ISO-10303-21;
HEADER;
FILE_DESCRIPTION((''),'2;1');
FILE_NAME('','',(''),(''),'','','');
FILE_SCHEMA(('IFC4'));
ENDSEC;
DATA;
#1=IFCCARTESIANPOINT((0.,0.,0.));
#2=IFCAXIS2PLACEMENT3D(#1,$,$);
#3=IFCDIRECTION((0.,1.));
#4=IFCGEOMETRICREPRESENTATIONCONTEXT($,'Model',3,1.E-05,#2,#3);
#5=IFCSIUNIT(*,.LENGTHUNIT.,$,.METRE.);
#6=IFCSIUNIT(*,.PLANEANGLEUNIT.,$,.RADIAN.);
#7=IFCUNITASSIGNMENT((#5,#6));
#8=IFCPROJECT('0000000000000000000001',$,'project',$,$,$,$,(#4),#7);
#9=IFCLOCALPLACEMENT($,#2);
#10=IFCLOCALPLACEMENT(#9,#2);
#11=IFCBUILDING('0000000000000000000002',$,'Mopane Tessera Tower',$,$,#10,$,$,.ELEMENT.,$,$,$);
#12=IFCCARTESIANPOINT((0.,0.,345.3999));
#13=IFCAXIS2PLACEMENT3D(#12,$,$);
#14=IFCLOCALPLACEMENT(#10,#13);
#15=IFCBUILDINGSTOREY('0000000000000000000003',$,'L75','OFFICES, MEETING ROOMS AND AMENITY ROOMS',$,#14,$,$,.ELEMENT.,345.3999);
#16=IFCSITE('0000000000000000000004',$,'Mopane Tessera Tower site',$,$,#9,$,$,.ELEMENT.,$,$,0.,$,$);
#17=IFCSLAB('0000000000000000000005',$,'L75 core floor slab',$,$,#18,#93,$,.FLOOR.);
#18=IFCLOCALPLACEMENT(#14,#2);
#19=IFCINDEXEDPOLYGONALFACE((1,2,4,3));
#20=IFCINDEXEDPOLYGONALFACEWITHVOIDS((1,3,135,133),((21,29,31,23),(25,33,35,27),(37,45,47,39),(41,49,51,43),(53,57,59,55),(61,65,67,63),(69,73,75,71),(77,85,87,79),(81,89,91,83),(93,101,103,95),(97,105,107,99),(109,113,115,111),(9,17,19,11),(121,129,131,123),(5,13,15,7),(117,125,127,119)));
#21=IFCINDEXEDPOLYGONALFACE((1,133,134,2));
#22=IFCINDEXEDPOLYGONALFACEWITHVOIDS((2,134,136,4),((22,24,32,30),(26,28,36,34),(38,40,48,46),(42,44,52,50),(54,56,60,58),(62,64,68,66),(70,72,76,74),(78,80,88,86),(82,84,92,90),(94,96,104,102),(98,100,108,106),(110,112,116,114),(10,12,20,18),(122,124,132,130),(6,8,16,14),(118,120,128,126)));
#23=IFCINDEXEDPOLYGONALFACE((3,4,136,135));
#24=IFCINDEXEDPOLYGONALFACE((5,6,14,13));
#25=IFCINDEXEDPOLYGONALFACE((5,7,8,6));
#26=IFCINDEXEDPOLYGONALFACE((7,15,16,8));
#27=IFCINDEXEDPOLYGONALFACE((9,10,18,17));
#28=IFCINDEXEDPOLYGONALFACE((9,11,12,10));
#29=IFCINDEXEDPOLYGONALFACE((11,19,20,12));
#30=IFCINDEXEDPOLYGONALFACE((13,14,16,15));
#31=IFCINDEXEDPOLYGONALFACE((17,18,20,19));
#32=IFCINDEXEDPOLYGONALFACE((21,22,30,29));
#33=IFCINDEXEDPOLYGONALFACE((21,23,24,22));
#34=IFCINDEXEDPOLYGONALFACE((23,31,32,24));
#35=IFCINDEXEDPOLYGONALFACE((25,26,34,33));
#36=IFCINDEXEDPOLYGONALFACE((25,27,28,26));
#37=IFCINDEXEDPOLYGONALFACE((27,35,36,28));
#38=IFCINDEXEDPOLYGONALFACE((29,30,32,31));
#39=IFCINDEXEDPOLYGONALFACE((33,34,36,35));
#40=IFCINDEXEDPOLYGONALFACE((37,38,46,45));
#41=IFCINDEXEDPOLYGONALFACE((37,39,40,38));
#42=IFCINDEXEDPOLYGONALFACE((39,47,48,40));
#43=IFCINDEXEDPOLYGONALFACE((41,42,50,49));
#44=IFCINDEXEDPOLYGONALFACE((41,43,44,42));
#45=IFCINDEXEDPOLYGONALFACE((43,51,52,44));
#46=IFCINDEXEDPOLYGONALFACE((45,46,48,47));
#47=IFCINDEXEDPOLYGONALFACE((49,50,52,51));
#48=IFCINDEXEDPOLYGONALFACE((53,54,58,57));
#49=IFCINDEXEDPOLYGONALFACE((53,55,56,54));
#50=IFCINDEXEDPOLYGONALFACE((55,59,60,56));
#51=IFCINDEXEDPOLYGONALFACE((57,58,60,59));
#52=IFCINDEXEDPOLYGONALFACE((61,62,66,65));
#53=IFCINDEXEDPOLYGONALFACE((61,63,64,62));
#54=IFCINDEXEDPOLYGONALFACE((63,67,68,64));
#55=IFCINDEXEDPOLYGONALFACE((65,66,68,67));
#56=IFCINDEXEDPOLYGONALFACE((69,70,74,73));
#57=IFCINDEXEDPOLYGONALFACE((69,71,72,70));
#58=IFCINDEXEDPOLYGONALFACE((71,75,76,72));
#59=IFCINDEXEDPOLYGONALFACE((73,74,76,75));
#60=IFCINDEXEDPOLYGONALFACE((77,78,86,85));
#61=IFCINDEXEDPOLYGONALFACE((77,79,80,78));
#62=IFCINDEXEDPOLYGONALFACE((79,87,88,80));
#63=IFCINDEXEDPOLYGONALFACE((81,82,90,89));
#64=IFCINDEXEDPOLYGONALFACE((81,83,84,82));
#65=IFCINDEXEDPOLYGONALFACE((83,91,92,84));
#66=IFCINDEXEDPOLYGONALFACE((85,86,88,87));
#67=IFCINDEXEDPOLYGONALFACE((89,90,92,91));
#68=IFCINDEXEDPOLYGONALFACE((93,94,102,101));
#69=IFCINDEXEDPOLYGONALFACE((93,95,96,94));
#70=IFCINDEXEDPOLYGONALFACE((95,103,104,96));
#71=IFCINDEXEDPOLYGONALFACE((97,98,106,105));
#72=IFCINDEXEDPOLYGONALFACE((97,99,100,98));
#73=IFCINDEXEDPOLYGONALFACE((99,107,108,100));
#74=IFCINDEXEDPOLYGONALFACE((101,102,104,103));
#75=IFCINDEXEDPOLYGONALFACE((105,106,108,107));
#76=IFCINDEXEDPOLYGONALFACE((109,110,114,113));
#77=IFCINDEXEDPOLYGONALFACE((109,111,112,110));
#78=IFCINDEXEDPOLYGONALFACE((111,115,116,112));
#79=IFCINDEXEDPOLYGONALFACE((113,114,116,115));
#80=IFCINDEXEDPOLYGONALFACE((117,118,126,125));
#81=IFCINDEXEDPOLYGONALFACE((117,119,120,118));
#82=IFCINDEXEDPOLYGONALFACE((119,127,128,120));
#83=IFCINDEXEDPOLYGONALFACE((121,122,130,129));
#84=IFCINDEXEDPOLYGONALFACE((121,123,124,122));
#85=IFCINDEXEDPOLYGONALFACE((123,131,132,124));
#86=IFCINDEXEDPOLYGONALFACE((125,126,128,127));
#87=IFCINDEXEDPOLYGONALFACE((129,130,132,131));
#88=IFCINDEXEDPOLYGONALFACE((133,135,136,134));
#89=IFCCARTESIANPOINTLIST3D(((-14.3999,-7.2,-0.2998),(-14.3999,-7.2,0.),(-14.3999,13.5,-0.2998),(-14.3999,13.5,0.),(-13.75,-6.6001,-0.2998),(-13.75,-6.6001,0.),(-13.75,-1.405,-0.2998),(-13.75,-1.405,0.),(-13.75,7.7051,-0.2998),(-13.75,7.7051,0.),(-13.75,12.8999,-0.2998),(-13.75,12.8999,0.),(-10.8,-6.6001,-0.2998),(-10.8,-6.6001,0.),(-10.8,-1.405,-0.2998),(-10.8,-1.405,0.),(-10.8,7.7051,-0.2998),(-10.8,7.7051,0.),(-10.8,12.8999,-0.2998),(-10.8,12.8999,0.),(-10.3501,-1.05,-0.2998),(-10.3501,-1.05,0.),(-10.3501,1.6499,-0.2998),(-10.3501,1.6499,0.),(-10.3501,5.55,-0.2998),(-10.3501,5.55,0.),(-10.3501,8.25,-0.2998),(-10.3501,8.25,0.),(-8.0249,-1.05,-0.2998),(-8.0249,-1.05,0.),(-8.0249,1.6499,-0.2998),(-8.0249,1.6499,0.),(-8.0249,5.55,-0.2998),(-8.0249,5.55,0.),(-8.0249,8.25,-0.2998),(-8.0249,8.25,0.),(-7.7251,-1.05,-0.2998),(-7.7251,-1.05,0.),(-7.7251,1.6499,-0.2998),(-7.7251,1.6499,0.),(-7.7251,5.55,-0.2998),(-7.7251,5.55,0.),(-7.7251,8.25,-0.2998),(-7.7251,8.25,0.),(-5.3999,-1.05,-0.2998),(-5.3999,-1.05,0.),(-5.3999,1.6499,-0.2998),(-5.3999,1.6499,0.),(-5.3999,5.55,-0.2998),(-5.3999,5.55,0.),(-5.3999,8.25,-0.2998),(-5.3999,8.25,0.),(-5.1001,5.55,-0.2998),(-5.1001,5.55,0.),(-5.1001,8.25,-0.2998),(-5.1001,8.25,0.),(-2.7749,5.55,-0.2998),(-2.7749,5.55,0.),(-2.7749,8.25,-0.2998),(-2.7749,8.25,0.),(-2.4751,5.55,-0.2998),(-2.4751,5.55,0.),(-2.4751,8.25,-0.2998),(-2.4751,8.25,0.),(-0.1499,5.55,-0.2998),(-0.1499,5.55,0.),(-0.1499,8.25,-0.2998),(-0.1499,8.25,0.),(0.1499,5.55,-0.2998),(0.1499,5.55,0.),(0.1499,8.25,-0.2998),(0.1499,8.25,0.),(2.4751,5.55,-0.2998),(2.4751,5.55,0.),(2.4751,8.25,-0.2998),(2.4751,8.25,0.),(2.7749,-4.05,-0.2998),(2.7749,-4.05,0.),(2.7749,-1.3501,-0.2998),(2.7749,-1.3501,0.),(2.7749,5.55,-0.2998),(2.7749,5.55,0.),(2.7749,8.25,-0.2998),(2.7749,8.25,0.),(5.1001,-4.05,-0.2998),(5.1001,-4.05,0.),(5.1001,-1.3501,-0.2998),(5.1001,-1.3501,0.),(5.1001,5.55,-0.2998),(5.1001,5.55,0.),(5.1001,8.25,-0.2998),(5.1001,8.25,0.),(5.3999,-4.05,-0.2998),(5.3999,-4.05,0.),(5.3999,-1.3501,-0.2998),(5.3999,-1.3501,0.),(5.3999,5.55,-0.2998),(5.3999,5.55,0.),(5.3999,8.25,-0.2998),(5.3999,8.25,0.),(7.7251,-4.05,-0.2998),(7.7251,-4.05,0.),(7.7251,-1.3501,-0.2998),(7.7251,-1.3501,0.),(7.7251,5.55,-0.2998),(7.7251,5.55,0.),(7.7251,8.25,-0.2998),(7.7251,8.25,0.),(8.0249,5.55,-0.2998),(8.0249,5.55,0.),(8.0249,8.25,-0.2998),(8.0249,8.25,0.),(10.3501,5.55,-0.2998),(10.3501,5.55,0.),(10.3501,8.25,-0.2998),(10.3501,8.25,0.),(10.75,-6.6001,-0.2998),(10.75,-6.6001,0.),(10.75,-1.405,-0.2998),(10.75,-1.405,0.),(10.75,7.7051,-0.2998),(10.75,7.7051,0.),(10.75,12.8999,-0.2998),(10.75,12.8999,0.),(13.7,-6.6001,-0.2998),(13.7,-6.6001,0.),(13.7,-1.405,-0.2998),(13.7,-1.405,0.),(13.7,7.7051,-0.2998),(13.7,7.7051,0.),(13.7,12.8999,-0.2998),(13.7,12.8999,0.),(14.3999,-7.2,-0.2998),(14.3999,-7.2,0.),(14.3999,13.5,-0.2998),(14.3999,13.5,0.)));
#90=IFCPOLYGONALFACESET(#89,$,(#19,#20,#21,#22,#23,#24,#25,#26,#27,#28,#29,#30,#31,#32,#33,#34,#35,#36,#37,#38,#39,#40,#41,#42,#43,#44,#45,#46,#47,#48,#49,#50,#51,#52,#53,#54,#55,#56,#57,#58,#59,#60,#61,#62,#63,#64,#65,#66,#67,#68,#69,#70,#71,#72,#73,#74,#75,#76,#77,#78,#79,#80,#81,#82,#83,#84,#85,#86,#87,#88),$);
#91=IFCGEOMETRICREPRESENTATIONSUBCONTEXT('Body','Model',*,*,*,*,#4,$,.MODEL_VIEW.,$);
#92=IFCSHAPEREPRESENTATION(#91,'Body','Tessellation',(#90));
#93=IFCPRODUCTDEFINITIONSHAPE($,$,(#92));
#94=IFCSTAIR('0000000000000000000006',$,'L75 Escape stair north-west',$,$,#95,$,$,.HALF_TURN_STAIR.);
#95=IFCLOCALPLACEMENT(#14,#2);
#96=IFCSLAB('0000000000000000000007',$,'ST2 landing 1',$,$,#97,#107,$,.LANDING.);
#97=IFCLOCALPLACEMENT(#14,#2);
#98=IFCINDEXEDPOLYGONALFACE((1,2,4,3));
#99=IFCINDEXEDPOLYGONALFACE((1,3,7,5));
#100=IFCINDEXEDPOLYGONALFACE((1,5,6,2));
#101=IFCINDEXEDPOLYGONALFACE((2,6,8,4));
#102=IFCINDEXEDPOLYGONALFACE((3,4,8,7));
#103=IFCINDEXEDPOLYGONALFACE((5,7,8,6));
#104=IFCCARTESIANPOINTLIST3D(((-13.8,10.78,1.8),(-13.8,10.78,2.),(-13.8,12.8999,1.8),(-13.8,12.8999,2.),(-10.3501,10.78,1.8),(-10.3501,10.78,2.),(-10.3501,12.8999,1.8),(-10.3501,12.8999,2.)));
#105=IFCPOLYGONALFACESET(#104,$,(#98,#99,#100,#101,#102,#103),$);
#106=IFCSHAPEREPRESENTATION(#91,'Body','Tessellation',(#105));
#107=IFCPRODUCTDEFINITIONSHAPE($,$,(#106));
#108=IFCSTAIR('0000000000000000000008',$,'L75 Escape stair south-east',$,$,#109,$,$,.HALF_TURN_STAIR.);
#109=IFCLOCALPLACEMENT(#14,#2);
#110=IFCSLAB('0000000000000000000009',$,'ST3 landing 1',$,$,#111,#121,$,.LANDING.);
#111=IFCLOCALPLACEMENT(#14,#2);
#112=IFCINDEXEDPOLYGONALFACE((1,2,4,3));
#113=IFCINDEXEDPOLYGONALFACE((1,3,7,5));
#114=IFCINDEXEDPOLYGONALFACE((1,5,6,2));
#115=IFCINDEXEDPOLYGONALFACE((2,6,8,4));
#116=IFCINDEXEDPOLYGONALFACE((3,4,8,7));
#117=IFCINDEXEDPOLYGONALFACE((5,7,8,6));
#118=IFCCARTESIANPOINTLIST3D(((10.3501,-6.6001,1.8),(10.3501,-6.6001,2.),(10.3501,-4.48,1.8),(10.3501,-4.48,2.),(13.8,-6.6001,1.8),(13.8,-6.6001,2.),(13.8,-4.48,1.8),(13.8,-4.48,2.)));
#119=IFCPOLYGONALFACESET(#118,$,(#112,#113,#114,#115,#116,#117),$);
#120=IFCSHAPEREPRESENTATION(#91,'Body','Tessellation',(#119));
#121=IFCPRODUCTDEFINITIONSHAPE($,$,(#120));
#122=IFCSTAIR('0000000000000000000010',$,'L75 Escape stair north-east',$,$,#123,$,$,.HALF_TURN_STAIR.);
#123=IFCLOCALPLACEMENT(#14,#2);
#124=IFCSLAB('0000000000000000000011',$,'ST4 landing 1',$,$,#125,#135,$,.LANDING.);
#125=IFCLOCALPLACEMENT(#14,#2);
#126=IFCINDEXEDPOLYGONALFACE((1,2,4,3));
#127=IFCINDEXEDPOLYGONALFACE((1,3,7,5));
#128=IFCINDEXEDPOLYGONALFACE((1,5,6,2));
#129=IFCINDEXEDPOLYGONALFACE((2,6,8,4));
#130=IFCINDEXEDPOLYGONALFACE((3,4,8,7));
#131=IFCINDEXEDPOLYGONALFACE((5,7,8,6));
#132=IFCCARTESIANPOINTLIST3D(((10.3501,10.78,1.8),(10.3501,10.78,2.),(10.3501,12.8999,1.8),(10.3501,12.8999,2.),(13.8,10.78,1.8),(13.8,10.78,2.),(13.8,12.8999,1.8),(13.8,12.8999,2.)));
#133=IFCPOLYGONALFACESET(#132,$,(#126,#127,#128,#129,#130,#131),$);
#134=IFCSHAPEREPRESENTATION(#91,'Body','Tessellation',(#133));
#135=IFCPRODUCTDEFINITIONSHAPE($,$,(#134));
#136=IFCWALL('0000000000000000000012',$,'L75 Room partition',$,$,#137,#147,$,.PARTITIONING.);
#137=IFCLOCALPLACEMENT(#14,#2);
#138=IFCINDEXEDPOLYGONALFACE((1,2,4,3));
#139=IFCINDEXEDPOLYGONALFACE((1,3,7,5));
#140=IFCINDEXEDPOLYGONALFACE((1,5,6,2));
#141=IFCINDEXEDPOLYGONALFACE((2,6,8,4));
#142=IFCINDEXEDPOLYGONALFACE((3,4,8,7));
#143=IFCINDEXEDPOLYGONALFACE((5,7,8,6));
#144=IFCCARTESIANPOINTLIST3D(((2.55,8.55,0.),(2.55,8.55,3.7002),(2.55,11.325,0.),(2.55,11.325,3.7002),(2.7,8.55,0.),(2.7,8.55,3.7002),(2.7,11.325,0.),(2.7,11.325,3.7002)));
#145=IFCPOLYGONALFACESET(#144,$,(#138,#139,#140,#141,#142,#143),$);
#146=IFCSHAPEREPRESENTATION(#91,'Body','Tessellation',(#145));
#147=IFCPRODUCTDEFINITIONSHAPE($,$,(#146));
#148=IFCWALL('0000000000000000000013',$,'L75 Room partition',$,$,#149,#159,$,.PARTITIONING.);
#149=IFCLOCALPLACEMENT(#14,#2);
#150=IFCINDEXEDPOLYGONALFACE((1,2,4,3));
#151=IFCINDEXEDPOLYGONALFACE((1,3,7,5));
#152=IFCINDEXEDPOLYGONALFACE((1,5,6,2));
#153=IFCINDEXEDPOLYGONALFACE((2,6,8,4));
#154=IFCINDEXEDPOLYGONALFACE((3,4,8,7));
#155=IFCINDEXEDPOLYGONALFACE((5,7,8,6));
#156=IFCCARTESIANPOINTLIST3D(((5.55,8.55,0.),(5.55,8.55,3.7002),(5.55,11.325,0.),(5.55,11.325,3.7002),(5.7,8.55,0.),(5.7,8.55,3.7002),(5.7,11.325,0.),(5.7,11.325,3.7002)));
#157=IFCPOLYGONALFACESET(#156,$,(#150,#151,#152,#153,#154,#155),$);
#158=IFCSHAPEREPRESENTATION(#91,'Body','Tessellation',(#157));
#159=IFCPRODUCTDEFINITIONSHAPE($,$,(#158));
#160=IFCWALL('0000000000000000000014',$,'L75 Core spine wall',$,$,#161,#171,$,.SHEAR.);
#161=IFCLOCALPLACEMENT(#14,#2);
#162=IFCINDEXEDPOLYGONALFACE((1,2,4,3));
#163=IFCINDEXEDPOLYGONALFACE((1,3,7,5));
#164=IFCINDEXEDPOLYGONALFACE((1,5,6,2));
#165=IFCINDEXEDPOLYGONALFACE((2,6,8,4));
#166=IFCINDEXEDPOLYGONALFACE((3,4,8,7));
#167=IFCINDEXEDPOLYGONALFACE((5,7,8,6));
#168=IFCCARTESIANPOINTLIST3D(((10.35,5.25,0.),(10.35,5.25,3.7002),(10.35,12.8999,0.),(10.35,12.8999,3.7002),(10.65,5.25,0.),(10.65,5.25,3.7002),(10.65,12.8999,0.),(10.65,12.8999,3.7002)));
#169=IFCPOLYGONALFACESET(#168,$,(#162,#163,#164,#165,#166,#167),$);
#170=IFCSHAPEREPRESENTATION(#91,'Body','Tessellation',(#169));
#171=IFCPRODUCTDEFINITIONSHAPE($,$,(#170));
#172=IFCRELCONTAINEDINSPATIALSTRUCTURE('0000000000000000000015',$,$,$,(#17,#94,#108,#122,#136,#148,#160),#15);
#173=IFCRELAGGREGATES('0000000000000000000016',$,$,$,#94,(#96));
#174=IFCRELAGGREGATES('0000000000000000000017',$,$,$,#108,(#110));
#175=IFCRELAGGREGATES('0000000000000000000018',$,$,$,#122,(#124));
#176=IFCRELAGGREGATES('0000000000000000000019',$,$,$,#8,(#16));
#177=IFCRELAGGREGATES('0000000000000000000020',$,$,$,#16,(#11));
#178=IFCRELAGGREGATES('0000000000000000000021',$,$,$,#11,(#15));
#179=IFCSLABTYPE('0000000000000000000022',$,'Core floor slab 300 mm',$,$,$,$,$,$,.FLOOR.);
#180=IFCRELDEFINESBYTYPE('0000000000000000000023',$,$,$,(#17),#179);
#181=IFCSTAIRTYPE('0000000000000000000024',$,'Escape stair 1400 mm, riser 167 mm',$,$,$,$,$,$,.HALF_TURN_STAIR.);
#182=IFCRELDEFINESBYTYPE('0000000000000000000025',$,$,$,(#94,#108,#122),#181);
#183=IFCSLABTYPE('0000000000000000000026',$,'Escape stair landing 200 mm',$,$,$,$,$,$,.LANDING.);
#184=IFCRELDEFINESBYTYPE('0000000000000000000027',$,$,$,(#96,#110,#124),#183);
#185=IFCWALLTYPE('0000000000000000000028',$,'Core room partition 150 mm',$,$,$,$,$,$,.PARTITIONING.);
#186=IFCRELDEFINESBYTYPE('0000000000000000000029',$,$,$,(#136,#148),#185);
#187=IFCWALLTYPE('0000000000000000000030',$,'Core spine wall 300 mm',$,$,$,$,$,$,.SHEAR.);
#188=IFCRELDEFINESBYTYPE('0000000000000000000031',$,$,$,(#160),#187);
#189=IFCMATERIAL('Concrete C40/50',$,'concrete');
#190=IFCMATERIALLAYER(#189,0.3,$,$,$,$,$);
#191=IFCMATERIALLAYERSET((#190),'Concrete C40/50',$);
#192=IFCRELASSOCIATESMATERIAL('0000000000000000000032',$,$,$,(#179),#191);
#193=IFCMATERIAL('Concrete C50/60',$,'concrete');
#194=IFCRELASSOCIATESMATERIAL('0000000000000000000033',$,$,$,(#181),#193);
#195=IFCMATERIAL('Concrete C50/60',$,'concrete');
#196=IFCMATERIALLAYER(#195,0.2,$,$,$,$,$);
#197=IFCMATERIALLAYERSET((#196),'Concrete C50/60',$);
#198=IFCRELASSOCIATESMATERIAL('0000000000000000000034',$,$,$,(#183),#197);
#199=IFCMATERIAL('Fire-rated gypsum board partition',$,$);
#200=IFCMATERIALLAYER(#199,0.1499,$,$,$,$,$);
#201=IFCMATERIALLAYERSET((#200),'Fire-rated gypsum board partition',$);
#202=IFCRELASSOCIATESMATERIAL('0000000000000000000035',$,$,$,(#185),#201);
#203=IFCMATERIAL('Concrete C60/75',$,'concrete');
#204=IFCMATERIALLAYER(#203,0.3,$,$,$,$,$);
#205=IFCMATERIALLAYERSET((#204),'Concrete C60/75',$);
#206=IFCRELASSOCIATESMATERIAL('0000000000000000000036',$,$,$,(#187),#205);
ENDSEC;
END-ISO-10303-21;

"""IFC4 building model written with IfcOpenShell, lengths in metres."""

from ifc_helpers import new_model, si_unit, direction, frame, frame_2d, origin, place, context, subcontext, project, spatial, polyline, rectangle, outline, extrude, material, layer, layer_set, type_object, element, aggregate, save


model = new_model("IFC4")

# Units and contexts
model_context = context("Model", 3, precision=1e-05, world=origin(), true_north=direction((0.0, 1.0)))
body_context = subcontext(model_context, "Body", "Model", "MODEL_VIEW")
ifc_project = project(units=[si_unit("LENGTHUNIT", "METRE"), si_unit("PLANEANGLEUNIT", "RADIAN")], contexts=[model_context])

# Site, building, storey
site_placement = place(None, origin())
site = spatial("IfcSite", under=ifc_project, at=site_placement, Name="Mopane Tessera Tower site", CompositionType="ELEMENT", RefElevation=0.0)
building_placement = place(site_placement, origin())
building = spatial("IfcBuilding", under=site, at=building_placement, Name="Mopane Tessera Tower", CompositionType="ELEMENT")
storey_placement = place(building_placement, frame((0.0, 0.0, 345.3999)))
storey = spatial("IfcBuildingStorey", under=building, at=storey_placement, Name="L75", Description="OFFICES, MEETING ROOMS AND AMENITY ROOMS", CompositionType="ELEMENT", Elevation=345.3999)

# Slab
ifc_material_1 = material(Name="Concrete C40/50", Category="concrete")
ifc_layer_1 = layer(ifc_material_1, 0.3)
ifc_layer_set_1 = layer_set([ifc_layer_1], Name="Concrete C40/50")
slab_type_1 = type_object("IfcSlabType", Name="Core floor slab 300 mm", PredefinedType="FLOOR", material=ifc_layer_set_1)
slab_1_placement = place(storey_placement, frame((0.0, 0.0, -0.2998)))
element("IfcSlab", 1, at=slab_1_placement, inside=storey, type_object=slab_type_1, Name="L75 core floor slab", PredefinedType="FLOOR", context=body_context, shape_type="SweptSolid", body=[
    extrude(outline(polyline([(-14.3999, -7.2), (14.3999, -7.2), (14.3999, 13.5), (-14.3999, 13.5), (-14.3999, -7.2)]), holes=[polyline([(-10.3501, -1.05), (-8.0249, -1.05), (-8.0249, 1.6499), (-10.3501, 1.6499), (-10.3501, -1.05)]), polyline([(-7.7251, -1.05), (-5.3999, -1.05), (-5.3999, 1.6499), (-7.7251, 1.6499), (-7.7251, -1.05)]), polyline([(-10.3501, 5.55), (-8.0249, 5.55), (-8.0249, 8.25), (-10.3501, 8.25), (-10.3501, 5.55)]), polyline([(-7.7251, 5.55), (-5.3999, 5.55), (-5.3999, 8.25), (-7.7251, 8.25), (-7.7251, 5.55)]), polyline([(-5.1001, 5.55), (-2.7749, 5.55), (-2.7749, 8.25), (-5.1001, 8.25), (-5.1001, 5.55)]), polyline([(-2.4751, 5.55), (-0.1499, 5.55), (-0.1499, 8.25), (-2.4751, 8.25), (-2.4751, 5.55)]), polyline([(0.1499, 5.55), (2.4751, 5.55), (2.4751, 8.25), (0.1499, 8.25), (0.1499, 5.55)]), polyline([(2.7749, 5.55), (5.1001, 5.55), (5.1001, 8.25), (2.7749, 8.25), (2.7749, 5.55)]), polyline([(5.3999, 5.55), (7.7251, 5.55), (7.7251, 8.25), (5.3999, 8.25), (5.3999, 5.55)]), polyline([(8.0249, 5.55), (10.3501, 5.55), (10.3501, 8.25), (8.0249, 8.25), (8.0249, 5.55)]), polyline([(2.7749, -4.05), (5.1001, -4.05), (5.1001, -1.3501), (2.7749, -1.3501), (2.7749, -4.05)]), polyline([(5.3999, -4.05), (7.7251, -4.05), (7.7251, -1.3501), (5.3999, -1.3501), (5.3999, -4.05)]), polyline([(-13.75, -1.405), (-13.75, -6.6001), (-10.8, -6.6001), (-10.8, -1.405), (-13.75, -1.405)]), polyline([(-10.8, 7.7051), (-10.8, 12.8999), (-13.75, 12.8999), (-13.75, 7.7051), (-10.8, 7.7051)]), polyline([(10.75, -1.405), (10.75, -6.6001), (13.7, -6.6001), (13.7, -1.405), (10.75, -1.405)]), polyline([(13.7, 7.7051), (13.7, 12.8999), (10.75, 12.8999), (10.75, 7.7051), (13.7, 7.7051)])]), origin(), (0.0, 0.0, 1.0), 0.2998),
])

# Stairs, slabs
ifc_material_2 = material(Name="Concrete C50/60", Category="concrete")
stair_type = type_object("IfcStairType", Name="Escape stair 1400 mm, riser 167 mm", PredefinedType="HALF_TURN_STAIR", material=ifc_material_2)
stair_1_placement = place(storey_placement, origin())
stair_1 = element("IfcStair", 2, at=stair_1_placement, inside=storey, type_object=stair_type, Name="L75 Escape stair north-west", PredefinedType="HALF_TURN_STAIR")
ifc_material_3 = material(Name="Concrete C50/60", Category="concrete")
ifc_layer_2 = layer(ifc_material_3, 0.2)
ifc_layer_set_2 = layer_set([ifc_layer_2], Name="Concrete C50/60")
slab_type_2 = type_object("IfcSlabType", Name="Escape stair landing 200 mm", PredefinedType="LANDING", material=ifc_layer_set_2)
slab_2_placement = place(storey_placement, frame((0.0, 0.0, 1.8)))
slab_2 = element("IfcSlab", 3, at=slab_2_placement, type_object=slab_type_2, Name="ST2 landing 1", PredefinedType="LANDING", context=body_context, shape_type="SweptSolid", body=[
    extrude(outline(polyline([(-10.3501, 10.78), (-10.3501, 12.8999), (-13.8, 12.8999), (-13.8, 10.78), (-10.3501, 10.78)])), origin(), (0.0, 0.0, 1.0), 0.2),
])
aggregate(stair_1, [slab_2])
stair_2_placement = place(storey_placement, origin())
stair_2 = element("IfcStair", 4, at=stair_2_placement, inside=storey, type_object=stair_type, Name="L75 Escape stair south-east", PredefinedType="HALF_TURN_STAIR")
slab_3_placement = place(storey_placement, frame((0.0, 0.0, 1.8)))
slab_3 = element("IfcSlab", 5, at=slab_3_placement, type_object=slab_type_2, Name="ST3 landing 1", PredefinedType="LANDING", context=body_context, shape_type="SweptSolid", body=[
    extrude(outline(polyline([(10.3501, -4.48), (10.3501, -6.6001), (13.8, -6.6001), (13.8, -4.48), (10.3501, -4.48)])), origin(), (0.0, 0.0, 1.0), 0.2),
])
aggregate(stair_2, [slab_3])
stair_3_placement = place(storey_placement, origin())
stair_3 = element("IfcStair", 6, at=stair_3_placement, inside=storey, type_object=stair_type, Name="L75 Escape stair north-east", PredefinedType="HALF_TURN_STAIR")
slab_4_placement = place(storey_placement, frame((0.0, 0.0, 1.8)))
slab_4 = element("IfcSlab", 7, at=slab_4_placement, type_object=slab_type_2, Name="ST4 landing 1", PredefinedType="LANDING", context=body_context, shape_type="SweptSolid", body=[
    extrude(outline(polyline([(13.8, 10.78), (13.8, 12.8999), (10.3501, 12.8999), (10.3501, 10.78), (13.8, 10.78)])), origin(), (0.0, 0.0, 1.0), 0.2),
])

# Walls
ifc_material_4 = material(Name="Fire-rated gypsum board partition")
ifc_layer_3 = layer(ifc_material_4, 0.1499)
ifc_layer_set_3 = layer_set([ifc_layer_3], Name="Fire-rated gypsum board partition")
wall_type_1 = type_object("IfcWallType", Name="Core room partition 150 mm", PredefinedType="PARTITIONING", material=ifc_layer_set_3)
for number, where, z_axis, x_axis, name in (
    (8, (2.625, 8.55, 0.0), (0.0, 0.0, 1.0), (0.0, 1.0, 0.0), "L75 Room partition"),
    (9, (5.625, 8.55, 0.0), (0.0, 0.0, 1.0), (0.0, 1.0, 0.0), "L75 Room partition"),
):
    element("IfcWall", number, at=place(storey_placement, frame(where, z_axis=z_axis, x_axis=x_axis)), inside=storey, type_object=wall_type_1, Name=name, PredefinedType="PARTITIONING", context=body_context, shape_type="SweptSolid", body=[
        extrude(rectangle(XDim=2.7749, YDim=0.1499, at=frame_2d((1.3875, 0.0))), origin(), (0.0, 0.0, 1.0), 3.7002),
    ])
ifc_material_5 = material(Name="Concrete C60/75", Category="concrete")
ifc_layer_4 = layer(ifc_material_5, 0.3)
ifc_layer_set_4 = layer_set([ifc_layer_4], Name="Concrete C60/75")
wall_type_2 = type_object("IfcWallType", Name="Core spine wall 300 mm", PredefinedType="SHEAR", material=ifc_layer_set_4)
wall_1_placement = place(storey_placement, frame((10.5, 5.25, 0.0), z_axis=(0.0, 0.0, 1.0), x_axis=(0.0, 1.0, 0.0)))
element("IfcWall", 10, at=wall_1_placement, inside=storey, type_object=wall_type_2, Name="L75 Core spine wall", PredefinedType="SHEAR", context=body_context, shape_type="SweptSolid", body=[
    extrude(rectangle(XDim=7.6499, YDim=0.3, at=frame_2d((3.825, 0.0))), origin(), (0.0, 0.0, 1.0), 3.7002),
])

aggregate(stair_3, [slab_4])

save(model, "model.ifc")
